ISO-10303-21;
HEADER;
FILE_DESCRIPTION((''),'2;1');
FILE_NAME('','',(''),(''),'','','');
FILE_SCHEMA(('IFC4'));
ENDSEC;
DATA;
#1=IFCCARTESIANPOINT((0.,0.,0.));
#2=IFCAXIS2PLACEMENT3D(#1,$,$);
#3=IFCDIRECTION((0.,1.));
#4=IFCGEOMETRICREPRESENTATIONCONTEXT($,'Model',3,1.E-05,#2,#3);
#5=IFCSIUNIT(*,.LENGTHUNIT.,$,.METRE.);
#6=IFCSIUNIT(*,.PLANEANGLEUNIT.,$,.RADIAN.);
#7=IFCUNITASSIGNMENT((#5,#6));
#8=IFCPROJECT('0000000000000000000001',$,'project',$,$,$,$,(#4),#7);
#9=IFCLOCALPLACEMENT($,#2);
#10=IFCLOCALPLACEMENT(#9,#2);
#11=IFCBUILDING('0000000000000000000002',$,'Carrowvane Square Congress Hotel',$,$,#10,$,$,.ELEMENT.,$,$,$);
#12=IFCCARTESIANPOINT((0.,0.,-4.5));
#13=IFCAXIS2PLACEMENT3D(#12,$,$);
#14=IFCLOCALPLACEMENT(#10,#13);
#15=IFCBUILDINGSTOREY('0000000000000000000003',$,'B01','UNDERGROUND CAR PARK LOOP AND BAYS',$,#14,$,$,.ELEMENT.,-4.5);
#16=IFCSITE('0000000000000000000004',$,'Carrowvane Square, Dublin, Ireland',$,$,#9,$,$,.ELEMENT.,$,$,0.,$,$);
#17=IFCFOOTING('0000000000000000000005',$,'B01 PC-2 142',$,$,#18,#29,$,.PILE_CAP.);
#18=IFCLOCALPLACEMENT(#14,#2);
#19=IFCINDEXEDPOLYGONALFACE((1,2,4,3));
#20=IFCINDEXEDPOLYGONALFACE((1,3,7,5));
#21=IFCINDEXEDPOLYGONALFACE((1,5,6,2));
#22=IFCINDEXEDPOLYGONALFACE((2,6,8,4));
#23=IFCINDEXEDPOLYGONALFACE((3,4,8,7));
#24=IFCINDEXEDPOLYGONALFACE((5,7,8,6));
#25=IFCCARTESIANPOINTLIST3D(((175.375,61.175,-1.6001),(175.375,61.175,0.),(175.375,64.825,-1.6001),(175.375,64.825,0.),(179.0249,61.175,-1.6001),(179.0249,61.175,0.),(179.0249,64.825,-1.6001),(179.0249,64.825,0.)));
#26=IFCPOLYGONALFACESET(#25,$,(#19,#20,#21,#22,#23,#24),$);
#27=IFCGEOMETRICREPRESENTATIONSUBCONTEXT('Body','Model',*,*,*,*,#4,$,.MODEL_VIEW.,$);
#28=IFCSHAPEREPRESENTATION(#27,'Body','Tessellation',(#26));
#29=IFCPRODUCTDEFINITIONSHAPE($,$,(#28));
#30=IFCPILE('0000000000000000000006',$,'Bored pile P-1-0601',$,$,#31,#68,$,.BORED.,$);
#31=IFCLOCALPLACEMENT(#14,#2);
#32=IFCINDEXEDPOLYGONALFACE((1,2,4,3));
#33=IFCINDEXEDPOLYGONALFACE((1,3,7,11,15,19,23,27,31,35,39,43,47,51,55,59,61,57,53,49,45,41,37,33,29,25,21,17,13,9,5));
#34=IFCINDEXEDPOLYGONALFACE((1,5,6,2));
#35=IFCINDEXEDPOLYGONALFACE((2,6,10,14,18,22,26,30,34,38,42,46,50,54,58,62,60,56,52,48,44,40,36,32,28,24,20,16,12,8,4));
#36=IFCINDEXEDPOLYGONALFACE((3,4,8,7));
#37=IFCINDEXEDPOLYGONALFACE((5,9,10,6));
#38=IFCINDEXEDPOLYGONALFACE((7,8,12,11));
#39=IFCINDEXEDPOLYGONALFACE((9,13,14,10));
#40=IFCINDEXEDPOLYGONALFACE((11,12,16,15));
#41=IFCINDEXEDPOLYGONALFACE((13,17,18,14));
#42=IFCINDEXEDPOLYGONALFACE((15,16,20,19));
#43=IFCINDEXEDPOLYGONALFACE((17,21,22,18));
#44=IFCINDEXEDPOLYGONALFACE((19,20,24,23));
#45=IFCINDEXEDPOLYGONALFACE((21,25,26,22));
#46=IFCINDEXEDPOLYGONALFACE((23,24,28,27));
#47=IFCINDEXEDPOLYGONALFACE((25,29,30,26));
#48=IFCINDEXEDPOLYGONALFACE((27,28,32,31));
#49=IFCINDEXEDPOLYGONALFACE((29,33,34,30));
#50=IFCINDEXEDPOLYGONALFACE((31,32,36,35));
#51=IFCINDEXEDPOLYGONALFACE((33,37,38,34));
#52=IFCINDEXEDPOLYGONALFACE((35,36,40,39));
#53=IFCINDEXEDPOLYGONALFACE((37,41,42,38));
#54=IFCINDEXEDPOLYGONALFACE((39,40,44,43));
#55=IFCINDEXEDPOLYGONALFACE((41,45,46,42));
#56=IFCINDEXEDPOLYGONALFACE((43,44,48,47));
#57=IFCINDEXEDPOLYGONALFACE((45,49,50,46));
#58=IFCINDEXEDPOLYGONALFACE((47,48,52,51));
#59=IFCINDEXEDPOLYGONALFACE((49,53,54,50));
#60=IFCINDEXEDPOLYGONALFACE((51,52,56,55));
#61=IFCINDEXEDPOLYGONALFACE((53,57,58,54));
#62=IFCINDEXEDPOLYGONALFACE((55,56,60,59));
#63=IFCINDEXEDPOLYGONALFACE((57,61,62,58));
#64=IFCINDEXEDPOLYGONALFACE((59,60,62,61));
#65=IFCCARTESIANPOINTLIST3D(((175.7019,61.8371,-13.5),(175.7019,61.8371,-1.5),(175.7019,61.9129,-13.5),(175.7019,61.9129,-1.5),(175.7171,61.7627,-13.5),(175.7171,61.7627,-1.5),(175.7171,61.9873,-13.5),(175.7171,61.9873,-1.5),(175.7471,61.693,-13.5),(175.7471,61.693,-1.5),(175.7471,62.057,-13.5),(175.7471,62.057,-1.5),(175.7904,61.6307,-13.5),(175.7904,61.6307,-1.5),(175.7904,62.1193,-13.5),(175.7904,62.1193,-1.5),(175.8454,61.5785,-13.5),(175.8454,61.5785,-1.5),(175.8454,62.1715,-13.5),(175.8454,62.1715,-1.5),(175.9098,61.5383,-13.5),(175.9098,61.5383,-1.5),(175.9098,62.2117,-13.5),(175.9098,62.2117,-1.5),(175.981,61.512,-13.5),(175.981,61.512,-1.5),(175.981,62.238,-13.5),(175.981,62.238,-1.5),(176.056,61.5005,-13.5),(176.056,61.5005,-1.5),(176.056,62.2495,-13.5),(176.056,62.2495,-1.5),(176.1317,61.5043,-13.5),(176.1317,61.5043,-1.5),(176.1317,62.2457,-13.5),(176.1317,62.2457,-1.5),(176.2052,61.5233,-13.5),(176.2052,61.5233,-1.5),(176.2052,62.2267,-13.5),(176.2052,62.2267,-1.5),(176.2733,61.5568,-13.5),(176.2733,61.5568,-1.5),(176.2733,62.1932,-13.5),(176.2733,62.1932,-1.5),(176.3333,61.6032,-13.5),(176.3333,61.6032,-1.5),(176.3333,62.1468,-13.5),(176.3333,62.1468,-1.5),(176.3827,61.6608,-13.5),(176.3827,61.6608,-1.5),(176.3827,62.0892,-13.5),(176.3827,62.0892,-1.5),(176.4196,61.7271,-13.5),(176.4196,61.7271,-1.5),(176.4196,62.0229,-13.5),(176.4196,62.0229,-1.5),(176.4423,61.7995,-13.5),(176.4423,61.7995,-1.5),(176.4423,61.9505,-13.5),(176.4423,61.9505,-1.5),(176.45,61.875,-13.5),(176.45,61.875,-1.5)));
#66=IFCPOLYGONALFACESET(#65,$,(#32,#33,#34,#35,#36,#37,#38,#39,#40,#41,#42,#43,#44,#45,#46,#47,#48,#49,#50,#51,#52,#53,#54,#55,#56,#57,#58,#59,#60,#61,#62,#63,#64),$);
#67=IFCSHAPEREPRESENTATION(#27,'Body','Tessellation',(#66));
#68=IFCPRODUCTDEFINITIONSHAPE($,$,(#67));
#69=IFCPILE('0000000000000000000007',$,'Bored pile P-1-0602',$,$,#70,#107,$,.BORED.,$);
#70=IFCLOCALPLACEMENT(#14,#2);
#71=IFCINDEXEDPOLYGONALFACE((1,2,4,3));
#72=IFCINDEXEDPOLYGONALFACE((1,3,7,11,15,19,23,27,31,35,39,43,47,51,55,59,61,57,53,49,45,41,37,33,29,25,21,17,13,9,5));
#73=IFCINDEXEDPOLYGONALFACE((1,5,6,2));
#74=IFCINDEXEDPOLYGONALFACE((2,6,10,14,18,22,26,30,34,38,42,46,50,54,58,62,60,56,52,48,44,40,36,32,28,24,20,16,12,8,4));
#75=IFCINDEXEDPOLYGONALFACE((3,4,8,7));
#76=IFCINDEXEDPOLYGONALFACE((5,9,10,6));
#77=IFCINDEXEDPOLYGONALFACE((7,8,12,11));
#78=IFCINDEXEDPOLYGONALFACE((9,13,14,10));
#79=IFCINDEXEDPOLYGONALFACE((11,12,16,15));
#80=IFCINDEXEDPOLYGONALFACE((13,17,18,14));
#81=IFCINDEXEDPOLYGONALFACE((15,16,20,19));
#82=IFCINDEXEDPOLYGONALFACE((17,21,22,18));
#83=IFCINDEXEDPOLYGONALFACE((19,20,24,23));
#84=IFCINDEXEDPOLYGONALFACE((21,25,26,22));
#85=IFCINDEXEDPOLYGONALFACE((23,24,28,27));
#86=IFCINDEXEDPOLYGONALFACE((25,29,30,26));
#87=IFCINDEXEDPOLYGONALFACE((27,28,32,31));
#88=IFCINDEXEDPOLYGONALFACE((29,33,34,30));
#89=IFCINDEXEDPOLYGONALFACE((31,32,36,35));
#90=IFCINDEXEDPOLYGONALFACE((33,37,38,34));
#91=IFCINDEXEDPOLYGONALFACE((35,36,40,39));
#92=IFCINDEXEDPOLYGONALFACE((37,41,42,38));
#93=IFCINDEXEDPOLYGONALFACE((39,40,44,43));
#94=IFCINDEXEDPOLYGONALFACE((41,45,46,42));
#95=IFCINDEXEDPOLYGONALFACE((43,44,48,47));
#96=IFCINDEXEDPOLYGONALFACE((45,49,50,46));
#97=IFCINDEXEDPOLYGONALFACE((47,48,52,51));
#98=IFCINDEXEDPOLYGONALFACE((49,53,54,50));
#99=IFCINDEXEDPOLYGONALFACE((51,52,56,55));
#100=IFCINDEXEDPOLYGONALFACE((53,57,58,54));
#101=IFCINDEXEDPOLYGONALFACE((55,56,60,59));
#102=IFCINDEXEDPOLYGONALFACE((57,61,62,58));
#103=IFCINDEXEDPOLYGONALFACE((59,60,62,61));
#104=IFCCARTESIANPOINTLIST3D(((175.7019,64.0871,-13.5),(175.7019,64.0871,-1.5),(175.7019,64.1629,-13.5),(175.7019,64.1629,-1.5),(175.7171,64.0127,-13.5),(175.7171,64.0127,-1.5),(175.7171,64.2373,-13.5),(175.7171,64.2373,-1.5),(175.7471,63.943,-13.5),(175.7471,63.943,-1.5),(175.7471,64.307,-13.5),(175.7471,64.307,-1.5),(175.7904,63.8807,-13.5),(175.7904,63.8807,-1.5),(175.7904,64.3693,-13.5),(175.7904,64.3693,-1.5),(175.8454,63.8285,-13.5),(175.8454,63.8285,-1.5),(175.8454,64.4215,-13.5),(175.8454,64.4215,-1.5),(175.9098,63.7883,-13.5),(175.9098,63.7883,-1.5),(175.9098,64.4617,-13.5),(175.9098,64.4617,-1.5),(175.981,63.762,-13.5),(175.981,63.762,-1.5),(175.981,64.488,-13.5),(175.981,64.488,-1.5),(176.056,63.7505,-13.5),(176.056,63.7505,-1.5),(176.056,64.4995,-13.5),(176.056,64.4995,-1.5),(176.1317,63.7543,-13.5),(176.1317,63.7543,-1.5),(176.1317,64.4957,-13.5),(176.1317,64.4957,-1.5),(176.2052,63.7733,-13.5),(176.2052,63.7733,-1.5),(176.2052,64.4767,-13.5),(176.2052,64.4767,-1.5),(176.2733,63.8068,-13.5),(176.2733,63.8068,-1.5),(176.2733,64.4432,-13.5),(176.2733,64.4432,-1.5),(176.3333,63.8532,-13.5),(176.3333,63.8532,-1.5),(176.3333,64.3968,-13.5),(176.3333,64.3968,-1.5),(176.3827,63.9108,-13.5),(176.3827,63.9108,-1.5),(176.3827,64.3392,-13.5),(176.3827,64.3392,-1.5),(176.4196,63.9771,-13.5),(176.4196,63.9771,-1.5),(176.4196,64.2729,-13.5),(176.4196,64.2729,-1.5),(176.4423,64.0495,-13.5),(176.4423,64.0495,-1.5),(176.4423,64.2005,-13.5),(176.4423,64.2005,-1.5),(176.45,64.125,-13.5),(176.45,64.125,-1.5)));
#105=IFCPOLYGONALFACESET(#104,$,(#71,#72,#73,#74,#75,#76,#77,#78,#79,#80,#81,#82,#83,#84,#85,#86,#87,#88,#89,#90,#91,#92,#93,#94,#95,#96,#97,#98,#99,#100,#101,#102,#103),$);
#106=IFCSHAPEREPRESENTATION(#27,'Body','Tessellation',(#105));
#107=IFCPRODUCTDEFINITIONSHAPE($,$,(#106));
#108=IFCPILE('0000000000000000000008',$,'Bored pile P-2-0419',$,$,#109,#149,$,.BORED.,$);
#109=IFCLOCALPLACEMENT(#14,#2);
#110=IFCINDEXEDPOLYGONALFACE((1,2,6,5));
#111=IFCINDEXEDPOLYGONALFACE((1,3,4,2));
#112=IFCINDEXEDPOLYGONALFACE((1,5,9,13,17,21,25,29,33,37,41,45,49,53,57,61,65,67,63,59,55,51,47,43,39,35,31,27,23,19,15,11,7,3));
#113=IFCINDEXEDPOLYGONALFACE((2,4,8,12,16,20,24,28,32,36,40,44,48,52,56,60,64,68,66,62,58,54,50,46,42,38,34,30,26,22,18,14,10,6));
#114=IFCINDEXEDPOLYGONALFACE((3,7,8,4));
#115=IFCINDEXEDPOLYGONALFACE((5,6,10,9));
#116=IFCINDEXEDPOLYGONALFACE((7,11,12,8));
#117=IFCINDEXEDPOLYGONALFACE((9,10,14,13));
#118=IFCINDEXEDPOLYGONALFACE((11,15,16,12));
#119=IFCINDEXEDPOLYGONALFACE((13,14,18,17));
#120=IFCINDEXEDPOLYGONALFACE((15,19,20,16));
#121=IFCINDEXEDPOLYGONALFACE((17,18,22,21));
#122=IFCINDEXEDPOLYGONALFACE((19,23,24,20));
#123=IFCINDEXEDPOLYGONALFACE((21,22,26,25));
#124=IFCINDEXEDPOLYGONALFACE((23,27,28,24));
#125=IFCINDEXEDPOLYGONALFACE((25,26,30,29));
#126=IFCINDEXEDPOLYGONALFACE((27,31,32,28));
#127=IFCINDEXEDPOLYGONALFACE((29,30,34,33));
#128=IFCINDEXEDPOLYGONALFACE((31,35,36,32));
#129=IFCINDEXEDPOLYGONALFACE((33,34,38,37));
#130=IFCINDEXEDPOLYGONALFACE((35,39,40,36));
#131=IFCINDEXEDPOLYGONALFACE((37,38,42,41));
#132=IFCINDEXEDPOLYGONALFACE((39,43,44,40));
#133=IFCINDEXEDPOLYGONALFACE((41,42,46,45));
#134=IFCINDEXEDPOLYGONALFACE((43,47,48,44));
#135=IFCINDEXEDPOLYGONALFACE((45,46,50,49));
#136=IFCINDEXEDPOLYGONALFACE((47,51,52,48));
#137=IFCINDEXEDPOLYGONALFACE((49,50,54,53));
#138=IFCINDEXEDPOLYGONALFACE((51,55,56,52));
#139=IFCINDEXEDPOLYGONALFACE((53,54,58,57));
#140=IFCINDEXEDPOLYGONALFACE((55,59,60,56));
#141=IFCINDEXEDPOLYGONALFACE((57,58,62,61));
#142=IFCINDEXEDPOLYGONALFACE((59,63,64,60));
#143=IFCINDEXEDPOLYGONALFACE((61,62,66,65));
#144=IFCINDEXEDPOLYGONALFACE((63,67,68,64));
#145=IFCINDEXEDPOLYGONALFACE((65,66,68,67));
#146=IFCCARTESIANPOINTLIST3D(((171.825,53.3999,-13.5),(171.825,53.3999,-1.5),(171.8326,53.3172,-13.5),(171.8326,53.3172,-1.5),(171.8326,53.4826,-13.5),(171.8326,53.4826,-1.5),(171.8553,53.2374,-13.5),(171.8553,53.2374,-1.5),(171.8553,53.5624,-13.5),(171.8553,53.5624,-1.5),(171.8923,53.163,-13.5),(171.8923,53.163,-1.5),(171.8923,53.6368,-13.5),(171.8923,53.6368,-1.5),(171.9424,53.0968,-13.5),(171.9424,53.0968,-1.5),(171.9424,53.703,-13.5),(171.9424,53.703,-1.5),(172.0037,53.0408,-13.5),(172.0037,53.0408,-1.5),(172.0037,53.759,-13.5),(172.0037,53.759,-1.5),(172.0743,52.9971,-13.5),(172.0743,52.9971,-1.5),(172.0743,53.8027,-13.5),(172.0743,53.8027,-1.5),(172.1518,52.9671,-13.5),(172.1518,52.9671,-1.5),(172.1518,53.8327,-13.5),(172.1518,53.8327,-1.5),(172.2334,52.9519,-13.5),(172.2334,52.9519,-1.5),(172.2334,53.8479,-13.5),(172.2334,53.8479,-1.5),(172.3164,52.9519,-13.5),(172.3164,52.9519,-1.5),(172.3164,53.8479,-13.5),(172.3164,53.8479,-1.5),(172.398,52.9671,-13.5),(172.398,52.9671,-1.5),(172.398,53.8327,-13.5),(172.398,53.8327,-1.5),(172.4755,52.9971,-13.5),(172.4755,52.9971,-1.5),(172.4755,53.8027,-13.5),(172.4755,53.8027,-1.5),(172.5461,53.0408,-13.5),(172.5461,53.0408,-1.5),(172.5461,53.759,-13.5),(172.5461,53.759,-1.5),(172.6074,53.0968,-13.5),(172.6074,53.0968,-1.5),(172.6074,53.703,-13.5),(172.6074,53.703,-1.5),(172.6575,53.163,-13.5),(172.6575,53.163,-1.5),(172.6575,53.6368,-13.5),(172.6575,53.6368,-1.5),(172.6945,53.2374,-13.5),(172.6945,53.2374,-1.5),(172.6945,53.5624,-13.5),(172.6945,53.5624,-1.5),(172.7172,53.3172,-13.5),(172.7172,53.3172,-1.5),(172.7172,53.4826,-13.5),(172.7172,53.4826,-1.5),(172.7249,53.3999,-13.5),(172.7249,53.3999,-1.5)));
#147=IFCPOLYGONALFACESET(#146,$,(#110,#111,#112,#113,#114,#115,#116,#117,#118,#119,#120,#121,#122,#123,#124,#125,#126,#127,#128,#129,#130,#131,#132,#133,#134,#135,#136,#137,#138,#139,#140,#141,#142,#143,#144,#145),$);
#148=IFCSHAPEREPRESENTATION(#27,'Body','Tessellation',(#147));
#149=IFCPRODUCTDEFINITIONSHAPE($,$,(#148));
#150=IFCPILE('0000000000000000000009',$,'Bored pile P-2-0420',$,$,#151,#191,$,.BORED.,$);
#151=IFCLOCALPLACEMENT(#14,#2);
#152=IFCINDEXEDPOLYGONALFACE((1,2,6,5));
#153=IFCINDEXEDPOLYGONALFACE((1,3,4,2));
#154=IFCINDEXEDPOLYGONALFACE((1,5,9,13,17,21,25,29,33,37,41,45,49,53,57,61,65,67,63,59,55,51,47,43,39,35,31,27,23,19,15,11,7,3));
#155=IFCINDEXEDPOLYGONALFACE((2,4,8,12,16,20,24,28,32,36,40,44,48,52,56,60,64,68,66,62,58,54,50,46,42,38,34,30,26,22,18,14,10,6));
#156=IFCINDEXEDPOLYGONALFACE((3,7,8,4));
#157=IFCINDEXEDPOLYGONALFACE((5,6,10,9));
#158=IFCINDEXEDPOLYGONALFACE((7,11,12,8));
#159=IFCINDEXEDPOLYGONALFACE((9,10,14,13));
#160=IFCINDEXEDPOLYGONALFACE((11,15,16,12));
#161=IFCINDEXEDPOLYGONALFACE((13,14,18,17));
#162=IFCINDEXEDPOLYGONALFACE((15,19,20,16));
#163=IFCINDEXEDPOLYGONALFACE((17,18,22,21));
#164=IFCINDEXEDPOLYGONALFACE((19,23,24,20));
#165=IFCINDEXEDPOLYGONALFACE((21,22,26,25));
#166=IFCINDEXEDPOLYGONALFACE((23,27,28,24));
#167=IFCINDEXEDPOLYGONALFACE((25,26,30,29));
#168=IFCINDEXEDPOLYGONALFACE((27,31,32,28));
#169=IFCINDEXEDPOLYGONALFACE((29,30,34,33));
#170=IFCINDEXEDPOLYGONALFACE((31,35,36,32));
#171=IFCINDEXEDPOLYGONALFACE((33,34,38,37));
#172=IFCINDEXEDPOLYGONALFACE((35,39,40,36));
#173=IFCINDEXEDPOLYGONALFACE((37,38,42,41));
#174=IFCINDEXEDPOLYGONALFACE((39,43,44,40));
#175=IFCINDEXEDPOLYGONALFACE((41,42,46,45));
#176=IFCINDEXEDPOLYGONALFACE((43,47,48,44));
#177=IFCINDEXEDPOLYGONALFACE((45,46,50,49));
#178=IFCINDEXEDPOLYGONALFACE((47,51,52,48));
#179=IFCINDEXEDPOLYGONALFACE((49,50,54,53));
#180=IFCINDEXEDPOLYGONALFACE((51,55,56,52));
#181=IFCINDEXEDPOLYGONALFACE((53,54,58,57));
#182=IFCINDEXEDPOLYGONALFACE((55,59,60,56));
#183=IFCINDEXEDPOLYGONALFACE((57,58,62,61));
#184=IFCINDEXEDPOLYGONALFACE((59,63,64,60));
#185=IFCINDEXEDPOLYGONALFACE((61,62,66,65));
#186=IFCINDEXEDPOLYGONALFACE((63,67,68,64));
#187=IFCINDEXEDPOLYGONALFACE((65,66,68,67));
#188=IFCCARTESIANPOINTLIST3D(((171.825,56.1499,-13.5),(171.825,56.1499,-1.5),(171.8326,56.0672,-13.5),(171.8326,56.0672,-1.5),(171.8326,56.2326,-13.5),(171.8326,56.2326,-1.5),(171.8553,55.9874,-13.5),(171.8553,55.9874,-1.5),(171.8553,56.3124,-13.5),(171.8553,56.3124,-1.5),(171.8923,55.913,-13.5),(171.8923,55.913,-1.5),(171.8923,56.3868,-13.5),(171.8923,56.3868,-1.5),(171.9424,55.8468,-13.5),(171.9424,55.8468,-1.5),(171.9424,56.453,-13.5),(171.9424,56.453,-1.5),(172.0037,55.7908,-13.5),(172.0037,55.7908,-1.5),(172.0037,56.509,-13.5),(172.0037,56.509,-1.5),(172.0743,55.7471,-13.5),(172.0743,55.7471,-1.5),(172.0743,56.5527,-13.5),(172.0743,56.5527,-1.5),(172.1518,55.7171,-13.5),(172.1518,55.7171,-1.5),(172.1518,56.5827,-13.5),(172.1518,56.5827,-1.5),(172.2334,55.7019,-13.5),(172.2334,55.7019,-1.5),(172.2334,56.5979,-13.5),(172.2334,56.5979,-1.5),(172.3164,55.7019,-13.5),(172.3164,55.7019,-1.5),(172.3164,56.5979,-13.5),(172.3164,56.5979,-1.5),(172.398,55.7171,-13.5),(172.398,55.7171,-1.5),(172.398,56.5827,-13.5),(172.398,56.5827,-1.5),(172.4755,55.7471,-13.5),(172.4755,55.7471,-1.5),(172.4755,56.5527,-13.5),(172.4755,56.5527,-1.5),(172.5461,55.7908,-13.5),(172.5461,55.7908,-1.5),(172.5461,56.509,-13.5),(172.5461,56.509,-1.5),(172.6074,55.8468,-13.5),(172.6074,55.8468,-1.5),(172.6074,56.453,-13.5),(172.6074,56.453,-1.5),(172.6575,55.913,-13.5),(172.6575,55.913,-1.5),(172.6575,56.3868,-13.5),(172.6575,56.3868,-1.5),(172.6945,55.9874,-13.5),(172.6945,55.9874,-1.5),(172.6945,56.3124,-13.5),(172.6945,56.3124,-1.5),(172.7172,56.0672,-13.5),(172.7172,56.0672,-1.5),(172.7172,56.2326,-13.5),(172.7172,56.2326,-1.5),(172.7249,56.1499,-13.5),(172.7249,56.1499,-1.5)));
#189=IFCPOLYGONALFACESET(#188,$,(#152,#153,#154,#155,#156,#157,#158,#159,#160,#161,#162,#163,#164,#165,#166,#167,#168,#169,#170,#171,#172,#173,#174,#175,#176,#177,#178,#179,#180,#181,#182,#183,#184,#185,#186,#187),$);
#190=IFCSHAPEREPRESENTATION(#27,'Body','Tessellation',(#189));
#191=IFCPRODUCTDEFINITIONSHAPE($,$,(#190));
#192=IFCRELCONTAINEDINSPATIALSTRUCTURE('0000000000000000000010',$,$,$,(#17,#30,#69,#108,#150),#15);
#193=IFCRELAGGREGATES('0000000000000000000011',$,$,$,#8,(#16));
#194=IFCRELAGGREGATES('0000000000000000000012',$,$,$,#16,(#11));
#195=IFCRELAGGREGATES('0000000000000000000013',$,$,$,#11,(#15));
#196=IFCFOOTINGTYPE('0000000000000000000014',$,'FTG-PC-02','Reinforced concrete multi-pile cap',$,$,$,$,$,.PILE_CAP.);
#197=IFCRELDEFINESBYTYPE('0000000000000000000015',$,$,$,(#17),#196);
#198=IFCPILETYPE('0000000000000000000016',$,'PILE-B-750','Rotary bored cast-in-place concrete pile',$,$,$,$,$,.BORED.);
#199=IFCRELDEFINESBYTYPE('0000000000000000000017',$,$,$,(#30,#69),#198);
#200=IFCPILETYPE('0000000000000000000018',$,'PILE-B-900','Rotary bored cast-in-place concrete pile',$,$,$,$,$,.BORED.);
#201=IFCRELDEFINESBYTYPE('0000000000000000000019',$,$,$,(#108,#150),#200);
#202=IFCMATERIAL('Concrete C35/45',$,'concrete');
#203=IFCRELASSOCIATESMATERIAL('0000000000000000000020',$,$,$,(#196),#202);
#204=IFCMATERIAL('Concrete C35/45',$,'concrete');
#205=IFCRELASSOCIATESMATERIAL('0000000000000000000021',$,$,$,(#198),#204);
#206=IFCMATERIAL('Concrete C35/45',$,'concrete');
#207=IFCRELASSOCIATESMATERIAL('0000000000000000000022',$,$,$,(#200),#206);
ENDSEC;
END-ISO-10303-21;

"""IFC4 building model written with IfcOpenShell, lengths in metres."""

from ifc_helpers import new_model, si_unit, direction, frame, origin, origin_2d, place, context, subcontext, project, spatial, rectangle, circle, extrude, material, material_profile, profile_set, type_object, element, save


model = new_model("IFC4")

# Units and contexts
model_context = context("Model", 3, precision=1e-05, world=origin(), true_north=direction((0.0, 1.0)))
body_context = subcontext(model_context, "Body", "Model", "MODEL_VIEW")
ifc_project = project(units=[si_unit("LENGTHUNIT", "METRE"), si_unit("PLANEANGLEUNIT", "RADIAN")], contexts=[model_context])

# Site, building, storey
site_placement = place(None, origin())
site = spatial("IfcSite", under=ifc_project, at=site_placement, Name="Carrowvane Square, Dublin, Ireland", CompositionType="ELEMENT", RefElevation=0.0)
building_placement = place(site_placement, origin())
building = spatial("IfcBuilding", under=site, at=building_placement, Name="Carrowvane Square Congress Hotel", CompositionType="ELEMENT")
storey_placement = place(building_placement, frame((0.0, 0.0, -4.5)))
storey = spatial("IfcBuildingStorey", under=building, at=storey_placement, Name="B01", Description="UNDERGROUND CAR PARK LOOP AND BAYS", CompositionType="ELEMENT", Elevation=-4.5)

# Footing
ifc_material_1 = material(Name="Concrete C35/45", Category="concrete")
footing_type = type_object("IfcFootingType", Name="FTG-PC-02", Description="Reinforced concrete multi-pile cap", PredefinedType="PILE_CAP", material=ifc_material_1)
footing_placement = place(storey_placement, frame((177.2, 63.0, -1.6001), z_axis=(0.0, 0.0, 1.0), x_axis=(1.0, 0.0, 0.0)))
element("IfcFooting", 1, at=footing_placement, inside=storey, type_object=footing_type, Name="B01 PC-2 142", PredefinedType="PILE_CAP", context=body_context, shape_type="SweptSolid", body=[
    extrude(rectangle(XDim=3.6499, YDim=3.6499, at=origin_2d()), origin(), (0.0, 0.0, 1.0), 1.6001),
])

# Piles
ifc_material_2 = material(Name="Concrete C35/45", Category="concrete")
ifc_material_profile_1 = material_profile(ifc_material_2, circle(Radius=0.375, at=origin_2d()), Name="PILE D750")
ifc_profile_set_1 = profile_set([ifc_material_profile_1], Name="Concrete C35/45")
pile_type_1 = type_object("IfcPileType", Name="PILE-B-750", Description="Rotary bored cast-in-place concrete pile", PredefinedType="BORED", material=ifc_profile_set_1)
for number, where, z_axis, x_axis, name in (
    (2, (176.075, 61.875, -1.5), (0.0, 0.0, -1.0), (1.0, 0.0, 0.0), "Bored pile P-1-0601"),
    (3, (176.075, 64.125, -1.5), (0.0, 0.0, -1.0), (1.0, 0.0, 0.0), "Bored pile P-1-0602"),
):
    element("IfcPile", number, at=place(storey_placement, frame(where, z_axis=z_axis, x_axis=x_axis)), inside=storey, type_object=pile_type_1, Name=name, PredefinedType="BORED", context=body_context, shape_type="SweptSolid", body=[
        extrude(circle(Radius=0.375, at=origin_2d()), origin(), (0.0, 0.0, 1.0), 12.0),
    ])
ifc_material_3 = material(Name="Concrete C35/45", Category="concrete")
ifc_material_profile_2 = material_profile(ifc_material_3, circle(Radius=0.45, at=origin_2d()), Name="PILE D900")
ifc_profile_set_2 = profile_set([ifc_material_profile_2], Name="Concrete C35/45")
pile_type_2 = type_object("IfcPileType", Name="PILE-B-900", Description="Rotary bored cast-in-place concrete pile", PredefinedType="BORED", material=ifc_profile_set_2)
for number, where, z_axis, x_axis, name in (
    (4, (172.2749, 53.3999, -1.5), (0.0, 0.0, -1.0), (1.0, 0.0, 0.0), "Bored pile P-2-0419"),
    (5, (172.2749, 56.1499, -1.5), (0.0, 0.0, -1.0), (1.0, 0.0, 0.0), "Bored pile P-2-0420"),
):
    element("IfcPile", number, at=place(storey_placement, frame(where, z_axis=z_axis, x_axis=x_axis)), inside=storey, type_object=pile_type_2, Name=name, PredefinedType="BORED", context=body_context, shape_type="SweptSolid", body=[
        extrude(circle(Radius=0.45, at=origin_2d()), origin(), (0.0, 0.0, 1.0), 12.0),
    ])

save(model, "model.ifc")
